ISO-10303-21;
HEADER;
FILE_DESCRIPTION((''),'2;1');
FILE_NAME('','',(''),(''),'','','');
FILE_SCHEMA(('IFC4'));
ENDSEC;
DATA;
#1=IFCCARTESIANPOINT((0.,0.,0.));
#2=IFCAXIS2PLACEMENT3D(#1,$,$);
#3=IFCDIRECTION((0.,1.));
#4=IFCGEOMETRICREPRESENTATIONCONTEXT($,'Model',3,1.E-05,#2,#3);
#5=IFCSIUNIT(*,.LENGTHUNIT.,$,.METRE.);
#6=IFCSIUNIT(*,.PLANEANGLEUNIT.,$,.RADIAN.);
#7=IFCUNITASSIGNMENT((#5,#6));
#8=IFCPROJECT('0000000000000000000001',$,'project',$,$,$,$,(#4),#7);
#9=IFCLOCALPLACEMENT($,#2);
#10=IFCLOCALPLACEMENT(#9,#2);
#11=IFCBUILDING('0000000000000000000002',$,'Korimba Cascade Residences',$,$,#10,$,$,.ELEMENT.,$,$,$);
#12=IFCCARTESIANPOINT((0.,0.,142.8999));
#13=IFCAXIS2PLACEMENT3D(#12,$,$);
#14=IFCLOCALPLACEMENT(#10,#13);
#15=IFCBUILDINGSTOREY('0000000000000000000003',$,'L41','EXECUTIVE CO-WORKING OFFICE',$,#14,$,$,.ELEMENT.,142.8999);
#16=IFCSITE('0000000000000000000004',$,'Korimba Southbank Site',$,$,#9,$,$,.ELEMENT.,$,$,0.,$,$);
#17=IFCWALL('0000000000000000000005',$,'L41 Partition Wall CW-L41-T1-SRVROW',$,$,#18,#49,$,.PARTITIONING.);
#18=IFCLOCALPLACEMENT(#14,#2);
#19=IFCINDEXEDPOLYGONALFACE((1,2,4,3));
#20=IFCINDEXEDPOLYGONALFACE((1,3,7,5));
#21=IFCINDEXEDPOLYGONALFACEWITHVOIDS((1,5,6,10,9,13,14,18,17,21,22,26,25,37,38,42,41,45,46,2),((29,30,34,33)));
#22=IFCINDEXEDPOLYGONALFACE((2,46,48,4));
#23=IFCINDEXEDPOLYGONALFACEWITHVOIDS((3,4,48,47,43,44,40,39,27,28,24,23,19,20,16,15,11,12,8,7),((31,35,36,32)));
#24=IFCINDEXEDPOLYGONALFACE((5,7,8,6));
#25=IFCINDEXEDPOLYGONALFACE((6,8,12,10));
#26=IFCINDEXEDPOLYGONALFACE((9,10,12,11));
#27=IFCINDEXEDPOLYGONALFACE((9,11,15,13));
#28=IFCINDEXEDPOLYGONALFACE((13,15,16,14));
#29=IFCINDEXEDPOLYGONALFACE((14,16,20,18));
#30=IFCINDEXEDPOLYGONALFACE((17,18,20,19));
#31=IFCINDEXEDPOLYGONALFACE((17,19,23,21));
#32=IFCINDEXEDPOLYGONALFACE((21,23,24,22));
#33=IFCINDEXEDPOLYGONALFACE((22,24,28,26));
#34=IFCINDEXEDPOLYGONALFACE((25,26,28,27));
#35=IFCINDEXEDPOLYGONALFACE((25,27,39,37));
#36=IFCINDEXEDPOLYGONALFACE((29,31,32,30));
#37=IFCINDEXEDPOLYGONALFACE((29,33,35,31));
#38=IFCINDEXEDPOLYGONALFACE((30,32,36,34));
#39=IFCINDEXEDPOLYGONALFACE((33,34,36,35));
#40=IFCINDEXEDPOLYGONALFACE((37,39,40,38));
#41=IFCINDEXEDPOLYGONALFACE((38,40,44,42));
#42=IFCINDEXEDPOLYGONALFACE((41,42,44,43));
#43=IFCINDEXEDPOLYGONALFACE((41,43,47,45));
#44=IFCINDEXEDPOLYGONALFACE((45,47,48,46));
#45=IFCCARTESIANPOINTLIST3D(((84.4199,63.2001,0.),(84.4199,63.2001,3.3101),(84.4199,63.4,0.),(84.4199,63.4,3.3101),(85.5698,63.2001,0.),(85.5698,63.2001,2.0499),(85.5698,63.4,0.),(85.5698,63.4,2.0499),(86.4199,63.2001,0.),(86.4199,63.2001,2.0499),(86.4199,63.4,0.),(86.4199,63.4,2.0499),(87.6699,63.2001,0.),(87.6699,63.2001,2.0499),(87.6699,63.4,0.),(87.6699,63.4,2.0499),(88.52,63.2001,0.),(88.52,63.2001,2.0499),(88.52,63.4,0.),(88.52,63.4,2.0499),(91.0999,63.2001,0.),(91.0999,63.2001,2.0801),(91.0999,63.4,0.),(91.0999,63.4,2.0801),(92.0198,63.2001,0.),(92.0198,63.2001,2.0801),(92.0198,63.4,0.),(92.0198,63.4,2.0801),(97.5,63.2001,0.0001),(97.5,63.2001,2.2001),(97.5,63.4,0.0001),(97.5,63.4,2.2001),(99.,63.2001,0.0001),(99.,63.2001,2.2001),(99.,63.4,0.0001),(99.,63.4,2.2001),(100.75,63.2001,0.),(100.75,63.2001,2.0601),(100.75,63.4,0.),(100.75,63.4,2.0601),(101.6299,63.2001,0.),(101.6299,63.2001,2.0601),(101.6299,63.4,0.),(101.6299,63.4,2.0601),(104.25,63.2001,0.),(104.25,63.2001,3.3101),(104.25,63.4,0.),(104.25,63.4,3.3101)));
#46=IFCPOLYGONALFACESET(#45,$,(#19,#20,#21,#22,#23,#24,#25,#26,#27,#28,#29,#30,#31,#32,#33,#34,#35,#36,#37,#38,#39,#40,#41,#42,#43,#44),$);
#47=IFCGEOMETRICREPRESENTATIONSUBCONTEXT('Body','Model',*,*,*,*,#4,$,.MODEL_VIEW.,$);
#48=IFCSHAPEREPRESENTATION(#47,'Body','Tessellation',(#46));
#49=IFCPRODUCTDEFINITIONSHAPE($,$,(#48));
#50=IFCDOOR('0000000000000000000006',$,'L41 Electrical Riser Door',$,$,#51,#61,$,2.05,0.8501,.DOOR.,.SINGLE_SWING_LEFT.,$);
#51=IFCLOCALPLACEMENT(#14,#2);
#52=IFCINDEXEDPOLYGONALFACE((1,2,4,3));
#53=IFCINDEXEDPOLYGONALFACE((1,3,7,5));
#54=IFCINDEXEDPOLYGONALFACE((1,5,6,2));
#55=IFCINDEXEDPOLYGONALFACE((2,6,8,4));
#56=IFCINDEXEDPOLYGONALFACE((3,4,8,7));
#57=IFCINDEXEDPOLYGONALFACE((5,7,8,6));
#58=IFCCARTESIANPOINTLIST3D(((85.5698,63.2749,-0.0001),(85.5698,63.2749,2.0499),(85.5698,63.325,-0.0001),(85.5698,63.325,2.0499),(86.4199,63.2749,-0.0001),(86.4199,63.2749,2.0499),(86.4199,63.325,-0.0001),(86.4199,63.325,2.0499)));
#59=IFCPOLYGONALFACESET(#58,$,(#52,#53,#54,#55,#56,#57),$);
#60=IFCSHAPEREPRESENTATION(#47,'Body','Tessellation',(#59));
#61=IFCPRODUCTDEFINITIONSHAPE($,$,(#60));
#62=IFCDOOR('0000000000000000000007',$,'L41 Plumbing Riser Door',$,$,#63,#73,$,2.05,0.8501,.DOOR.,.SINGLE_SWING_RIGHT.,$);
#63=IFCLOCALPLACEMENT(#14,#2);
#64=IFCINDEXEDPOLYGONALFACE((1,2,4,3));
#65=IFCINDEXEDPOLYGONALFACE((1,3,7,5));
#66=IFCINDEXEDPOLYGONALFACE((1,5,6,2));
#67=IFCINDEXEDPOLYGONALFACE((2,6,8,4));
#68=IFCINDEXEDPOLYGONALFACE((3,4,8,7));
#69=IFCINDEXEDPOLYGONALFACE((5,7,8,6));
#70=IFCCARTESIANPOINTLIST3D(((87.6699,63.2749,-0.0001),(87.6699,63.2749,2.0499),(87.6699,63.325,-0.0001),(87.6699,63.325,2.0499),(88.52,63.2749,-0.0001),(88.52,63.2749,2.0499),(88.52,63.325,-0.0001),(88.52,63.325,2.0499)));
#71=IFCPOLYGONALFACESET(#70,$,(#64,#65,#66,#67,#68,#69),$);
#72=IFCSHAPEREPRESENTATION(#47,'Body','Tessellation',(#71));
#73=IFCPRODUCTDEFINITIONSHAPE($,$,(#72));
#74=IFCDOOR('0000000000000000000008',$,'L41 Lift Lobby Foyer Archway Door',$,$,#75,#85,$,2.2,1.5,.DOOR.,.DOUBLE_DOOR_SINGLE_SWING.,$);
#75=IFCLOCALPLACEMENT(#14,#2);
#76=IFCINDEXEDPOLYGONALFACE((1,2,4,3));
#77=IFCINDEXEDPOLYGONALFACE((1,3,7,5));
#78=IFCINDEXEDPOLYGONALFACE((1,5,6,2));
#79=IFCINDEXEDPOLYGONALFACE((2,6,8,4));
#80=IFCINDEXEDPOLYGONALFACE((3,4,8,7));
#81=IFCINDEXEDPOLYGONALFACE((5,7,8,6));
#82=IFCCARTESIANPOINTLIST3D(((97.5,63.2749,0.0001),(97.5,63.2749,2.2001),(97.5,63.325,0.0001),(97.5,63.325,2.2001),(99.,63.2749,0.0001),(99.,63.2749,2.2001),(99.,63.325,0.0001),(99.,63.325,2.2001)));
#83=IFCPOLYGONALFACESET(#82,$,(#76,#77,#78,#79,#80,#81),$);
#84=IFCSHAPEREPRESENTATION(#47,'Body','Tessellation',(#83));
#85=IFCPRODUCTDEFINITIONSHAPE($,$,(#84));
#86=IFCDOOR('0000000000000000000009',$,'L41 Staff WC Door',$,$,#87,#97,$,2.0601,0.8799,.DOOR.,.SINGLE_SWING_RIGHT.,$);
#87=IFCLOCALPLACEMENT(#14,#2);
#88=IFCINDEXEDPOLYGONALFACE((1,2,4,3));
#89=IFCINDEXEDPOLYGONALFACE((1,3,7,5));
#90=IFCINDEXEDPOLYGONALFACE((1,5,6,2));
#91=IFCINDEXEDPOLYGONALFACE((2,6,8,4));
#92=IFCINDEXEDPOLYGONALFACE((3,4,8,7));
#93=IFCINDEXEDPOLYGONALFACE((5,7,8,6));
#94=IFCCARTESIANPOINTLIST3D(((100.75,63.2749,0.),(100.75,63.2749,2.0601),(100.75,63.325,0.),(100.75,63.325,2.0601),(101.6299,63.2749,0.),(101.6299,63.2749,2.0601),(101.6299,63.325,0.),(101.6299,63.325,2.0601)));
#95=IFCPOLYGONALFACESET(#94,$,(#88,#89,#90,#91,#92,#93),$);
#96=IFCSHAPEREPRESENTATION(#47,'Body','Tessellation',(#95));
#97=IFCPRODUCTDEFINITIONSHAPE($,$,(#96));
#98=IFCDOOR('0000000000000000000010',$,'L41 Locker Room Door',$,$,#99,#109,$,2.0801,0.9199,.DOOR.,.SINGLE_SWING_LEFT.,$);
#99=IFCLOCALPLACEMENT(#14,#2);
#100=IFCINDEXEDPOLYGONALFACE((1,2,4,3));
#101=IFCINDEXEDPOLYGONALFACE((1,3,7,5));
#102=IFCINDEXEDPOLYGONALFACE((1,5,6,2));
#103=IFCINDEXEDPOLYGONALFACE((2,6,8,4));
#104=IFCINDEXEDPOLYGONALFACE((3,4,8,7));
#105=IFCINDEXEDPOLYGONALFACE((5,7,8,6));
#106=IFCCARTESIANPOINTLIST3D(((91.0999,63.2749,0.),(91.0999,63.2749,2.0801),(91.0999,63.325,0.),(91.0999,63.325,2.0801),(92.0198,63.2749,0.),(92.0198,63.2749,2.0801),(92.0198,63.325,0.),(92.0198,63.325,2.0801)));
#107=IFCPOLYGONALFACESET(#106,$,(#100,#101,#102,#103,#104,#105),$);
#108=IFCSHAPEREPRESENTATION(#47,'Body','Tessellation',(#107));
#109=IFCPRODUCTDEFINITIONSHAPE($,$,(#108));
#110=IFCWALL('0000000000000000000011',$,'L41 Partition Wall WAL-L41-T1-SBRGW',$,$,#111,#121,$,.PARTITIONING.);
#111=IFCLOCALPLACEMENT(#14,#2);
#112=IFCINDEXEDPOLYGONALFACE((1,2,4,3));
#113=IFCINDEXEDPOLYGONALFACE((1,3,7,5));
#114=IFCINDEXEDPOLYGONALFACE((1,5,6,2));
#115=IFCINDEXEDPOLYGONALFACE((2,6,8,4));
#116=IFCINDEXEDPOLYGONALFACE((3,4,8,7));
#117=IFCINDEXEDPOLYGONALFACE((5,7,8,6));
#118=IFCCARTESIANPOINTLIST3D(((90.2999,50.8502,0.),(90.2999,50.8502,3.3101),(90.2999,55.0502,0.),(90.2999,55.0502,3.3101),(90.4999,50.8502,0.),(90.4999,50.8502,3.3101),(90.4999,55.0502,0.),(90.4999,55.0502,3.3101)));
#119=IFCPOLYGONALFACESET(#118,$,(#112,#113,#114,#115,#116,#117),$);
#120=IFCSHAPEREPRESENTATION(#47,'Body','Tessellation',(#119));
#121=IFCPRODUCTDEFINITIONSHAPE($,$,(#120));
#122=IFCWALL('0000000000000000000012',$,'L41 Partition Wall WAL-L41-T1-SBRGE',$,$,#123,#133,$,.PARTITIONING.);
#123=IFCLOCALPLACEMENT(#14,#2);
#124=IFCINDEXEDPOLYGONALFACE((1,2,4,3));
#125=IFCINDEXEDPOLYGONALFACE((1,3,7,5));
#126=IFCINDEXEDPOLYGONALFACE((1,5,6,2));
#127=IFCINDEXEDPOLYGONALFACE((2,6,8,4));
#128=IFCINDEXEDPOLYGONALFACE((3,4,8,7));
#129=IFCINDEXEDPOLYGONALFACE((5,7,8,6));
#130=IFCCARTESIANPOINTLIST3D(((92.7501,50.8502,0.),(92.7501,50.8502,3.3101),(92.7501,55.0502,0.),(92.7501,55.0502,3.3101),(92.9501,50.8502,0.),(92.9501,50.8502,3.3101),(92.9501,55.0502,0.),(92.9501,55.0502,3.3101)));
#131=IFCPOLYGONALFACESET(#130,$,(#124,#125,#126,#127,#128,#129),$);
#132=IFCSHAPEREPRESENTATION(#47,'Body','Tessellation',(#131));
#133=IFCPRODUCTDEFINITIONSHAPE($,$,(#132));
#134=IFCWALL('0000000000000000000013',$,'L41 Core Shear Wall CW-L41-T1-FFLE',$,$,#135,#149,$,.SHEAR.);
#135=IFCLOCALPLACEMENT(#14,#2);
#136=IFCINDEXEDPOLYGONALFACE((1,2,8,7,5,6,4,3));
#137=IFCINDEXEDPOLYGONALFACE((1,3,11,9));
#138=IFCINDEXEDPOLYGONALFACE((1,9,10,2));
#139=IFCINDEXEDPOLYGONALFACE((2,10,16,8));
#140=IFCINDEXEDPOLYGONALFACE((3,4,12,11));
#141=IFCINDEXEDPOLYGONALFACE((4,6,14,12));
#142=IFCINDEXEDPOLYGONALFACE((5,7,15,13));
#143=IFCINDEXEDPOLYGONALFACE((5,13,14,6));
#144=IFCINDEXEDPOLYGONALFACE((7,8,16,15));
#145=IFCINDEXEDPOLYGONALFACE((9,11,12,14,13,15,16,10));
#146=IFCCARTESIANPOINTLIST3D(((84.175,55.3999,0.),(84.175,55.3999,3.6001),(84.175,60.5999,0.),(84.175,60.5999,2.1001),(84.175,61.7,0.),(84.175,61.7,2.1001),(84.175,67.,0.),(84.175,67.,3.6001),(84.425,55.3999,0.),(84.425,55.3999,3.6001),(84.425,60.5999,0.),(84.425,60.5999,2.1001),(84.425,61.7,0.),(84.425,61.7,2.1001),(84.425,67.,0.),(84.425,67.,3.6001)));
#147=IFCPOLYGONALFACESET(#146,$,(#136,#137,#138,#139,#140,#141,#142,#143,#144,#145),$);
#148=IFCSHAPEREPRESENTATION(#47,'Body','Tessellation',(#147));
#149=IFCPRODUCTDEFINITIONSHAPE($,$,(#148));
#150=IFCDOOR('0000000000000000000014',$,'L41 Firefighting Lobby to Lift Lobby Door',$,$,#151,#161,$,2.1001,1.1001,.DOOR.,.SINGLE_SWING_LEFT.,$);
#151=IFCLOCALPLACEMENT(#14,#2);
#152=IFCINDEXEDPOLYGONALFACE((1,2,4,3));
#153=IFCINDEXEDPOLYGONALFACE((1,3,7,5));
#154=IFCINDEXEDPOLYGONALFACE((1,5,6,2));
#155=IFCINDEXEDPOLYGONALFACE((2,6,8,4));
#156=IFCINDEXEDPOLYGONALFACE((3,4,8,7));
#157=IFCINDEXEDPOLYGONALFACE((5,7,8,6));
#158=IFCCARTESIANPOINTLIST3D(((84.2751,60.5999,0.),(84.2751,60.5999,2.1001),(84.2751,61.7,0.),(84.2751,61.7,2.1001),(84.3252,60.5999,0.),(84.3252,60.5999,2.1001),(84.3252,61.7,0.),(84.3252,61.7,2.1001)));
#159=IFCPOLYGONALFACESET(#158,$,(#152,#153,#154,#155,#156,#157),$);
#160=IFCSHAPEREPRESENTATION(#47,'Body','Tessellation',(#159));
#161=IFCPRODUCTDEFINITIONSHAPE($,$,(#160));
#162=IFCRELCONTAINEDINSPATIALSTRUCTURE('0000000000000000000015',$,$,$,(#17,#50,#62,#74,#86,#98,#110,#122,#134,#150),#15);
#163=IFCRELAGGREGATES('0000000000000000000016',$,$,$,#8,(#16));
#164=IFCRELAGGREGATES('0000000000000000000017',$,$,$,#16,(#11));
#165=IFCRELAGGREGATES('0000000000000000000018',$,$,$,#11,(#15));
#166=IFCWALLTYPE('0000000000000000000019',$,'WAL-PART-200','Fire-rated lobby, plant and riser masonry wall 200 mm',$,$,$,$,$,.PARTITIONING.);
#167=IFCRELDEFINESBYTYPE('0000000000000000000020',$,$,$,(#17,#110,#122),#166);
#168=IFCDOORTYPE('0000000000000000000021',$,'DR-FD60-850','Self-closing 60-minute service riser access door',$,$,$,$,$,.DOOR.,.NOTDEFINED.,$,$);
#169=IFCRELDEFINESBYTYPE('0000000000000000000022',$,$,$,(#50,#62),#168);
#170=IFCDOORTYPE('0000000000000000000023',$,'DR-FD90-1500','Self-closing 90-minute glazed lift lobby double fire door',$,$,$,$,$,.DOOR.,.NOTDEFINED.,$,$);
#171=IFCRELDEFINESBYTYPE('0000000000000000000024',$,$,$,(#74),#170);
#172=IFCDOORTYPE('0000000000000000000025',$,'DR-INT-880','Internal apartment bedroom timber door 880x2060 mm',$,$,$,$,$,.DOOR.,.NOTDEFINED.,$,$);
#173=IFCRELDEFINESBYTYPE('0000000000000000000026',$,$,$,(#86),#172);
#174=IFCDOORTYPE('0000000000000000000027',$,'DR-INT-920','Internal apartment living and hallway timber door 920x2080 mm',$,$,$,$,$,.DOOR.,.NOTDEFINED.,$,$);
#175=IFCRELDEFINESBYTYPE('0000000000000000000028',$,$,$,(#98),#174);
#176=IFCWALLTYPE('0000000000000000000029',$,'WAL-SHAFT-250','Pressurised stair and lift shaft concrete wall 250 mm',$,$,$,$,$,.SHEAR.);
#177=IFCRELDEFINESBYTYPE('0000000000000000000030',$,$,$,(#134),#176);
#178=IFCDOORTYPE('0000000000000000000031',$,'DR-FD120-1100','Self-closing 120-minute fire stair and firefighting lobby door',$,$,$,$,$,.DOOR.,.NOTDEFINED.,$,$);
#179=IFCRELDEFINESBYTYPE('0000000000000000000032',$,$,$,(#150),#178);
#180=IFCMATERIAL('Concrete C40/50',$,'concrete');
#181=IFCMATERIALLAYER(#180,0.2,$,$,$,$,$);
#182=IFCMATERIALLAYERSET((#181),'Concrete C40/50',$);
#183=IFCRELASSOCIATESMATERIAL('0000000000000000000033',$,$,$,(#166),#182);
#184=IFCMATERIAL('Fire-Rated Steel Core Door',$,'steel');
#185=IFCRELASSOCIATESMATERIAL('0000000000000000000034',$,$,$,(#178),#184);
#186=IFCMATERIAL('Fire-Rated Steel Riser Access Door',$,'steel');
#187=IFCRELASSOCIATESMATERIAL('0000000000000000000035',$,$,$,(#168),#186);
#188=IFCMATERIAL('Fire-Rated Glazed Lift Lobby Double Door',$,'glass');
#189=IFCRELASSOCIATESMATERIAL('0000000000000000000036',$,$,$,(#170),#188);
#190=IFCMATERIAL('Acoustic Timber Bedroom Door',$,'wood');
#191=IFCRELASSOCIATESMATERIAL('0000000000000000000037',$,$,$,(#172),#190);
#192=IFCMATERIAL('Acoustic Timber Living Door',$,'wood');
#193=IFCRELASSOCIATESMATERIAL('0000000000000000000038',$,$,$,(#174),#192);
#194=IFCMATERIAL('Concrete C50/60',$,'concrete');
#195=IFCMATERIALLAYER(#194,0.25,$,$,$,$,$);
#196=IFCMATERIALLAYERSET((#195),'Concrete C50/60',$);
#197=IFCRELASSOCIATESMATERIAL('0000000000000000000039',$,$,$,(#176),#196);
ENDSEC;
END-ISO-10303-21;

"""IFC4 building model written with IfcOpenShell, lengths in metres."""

from ifc_helpers import new_model, si_unit, direction, frame, frame_2d, origin, place, context, subcontext, project, spatial, rectangle, extrude, material, layer, layer_set, type_object, element, fill, save


model = new_model("IFC4")

# Units and contexts
model_context = context("Model", 3, precision=1e-05, world=origin(), true_north=direction((0.0, 1.0)))
body_context = subcontext(model_context, "Body", "Model", "MODEL_VIEW")
ifc_project = project(units=[si_unit("LENGTHUNIT", "METRE"), si_unit("PLANEANGLEUNIT", "RADIAN")], contexts=[model_context])

# Site, building, storey
site_placement = place(None, origin())
site = spatial("IfcSite", under=ifc_project, at=site_placement, Name="Korimba Southbank Site", CompositionType="ELEMENT", RefElevation=0.0)
building_placement = place(site_placement, origin())
building = spatial("IfcBuilding", under=site, at=building_placement, Name="Korimba Cascade Residences", CompositionType="ELEMENT")
storey_placement = place(building_placement, frame((0.0, 0.0, 142.8999)))
storey = spatial("IfcBuildingStorey", under=building, at=storey_placement, Name="L41", Description="EXECUTIVE CO-WORKING OFFICE", CompositionType="ELEMENT", Elevation=142.8999)

# Shared definitions
ifc_material_1 = material(Name="Concrete C40/50", Category="concrete")
ifc_layer_1 = layer(ifc_material_1, 0.2)
ifc_layer_set_1 = layer_set([ifc_layer_1], Name="Concrete C40/50")
wall_type_1 = type_object("IfcWallType", Name="WAL-PART-200", Description="Fire-rated lobby, plant and riser masonry wall 200 mm", PredefinedType="PARTITIONING", material=ifc_layer_set_1)

# Shared definitions
ifc_material_2 = material(Name="Fire-Rated Steel Core Door", Category="steel")
door_type_1 = type_object("IfcDoorType", Name="DR-FD120-1100", Description="Self-closing 120-minute fire stair and firefighting lobby door", OperationType="NOTDEFINED", PredefinedType="DOOR", material=ifc_material_2)

# Wall, openings, doors
wall_1_placement = place(storey_placement, frame((84.4199, 63.3, 0.0), z_axis=(0.0, 0.0, 1.0), x_axis=(1.0, 0.0, 0.0)))
wall_1 = element("IfcWall", 1, at=wall_1_placement, inside=storey, type_object=wall_type_1, Name="L41 Partition Wall CW-L41-T1-SRVROW", PredefinedType="PARTITIONING", context=body_context, shape_type="SweptSolid", body=[
    extrude(rectangle(XDim=19.8301, YDim=0.2, at=frame_2d((9.915, 0.0))), origin(), (0.0, 0.0, 1.0), 3.3101),
])
opening_1_placement = place(wall_1_placement, frame((1.1499, 0.0, 0.0)))
opening_1 = element("IfcOpeningElement", 2, at=opening_1_placement, cuts=wall_1, PredefinedType="OPENING", context=body_context, shape_type="SweptSolid", body=[
    extrude(rectangle(XDim=0.8501, YDim=2.05, at=frame_2d((0.425, 1.0249))), frame((0.0, 0.1099, 0.0), z_axis=(0.0, -1.0, 0.0), x_axis=(1.0, 0.0, 0.0)), (0.0, 0.0, 1.0), 0.22),
])
opening_2_placement = place(wall_1_placement, frame((3.25, 0.0, 0.0)))
opening_2 = element("IfcOpeningElement", 3, at=opening_2_placement, cuts=wall_1, PredefinedType="OPENING", context=body_context, shape_type="SweptSolid", body=[
    extrude(rectangle(XDim=0.8501, YDim=2.05, at=frame_2d((0.425, 1.0249))), frame((0.0, 0.1099, 0.0), z_axis=(0.0, -1.0, 0.0), x_axis=(1.0, 0.0, 0.0)), (0.0, 0.0, 1.0), 0.22),
])
opening_3_placement = place(wall_1_placement, frame((13.0801, 0.0, 0.0)))
opening_3 = element("IfcOpeningElement", 4, at=opening_3_placement, cuts=wall_1, PredefinedType="OPENING", context=body_context, shape_type="SweptSolid", body=[
    extrude(rectangle(XDim=1.5, YDim=2.2, at=frame_2d((0.75, 1.1001))), frame((0.0, 0.1099, 0.0), z_axis=(0.0, -1.0, 0.0), x_axis=(1.0, 0.0, 0.0)), (0.0, 0.0, 1.0), 0.22),
])
opening_4_placement = place(wall_1_placement, frame((6.6799, 0.0, 0.0)))
opening_4 = element("IfcOpeningElement", 5, at=opening_4_placement, cuts=wall_1, PredefinedType="OPENING", context=body_context, shape_type="SweptSolid", body=[
    extrude(rectangle(XDim=0.9199, YDim=2.0801, at=frame_2d((0.46, 1.04))), frame((0.0, 0.1099, 0.0), z_axis=(0.0, -1.0, 0.0), x_axis=(1.0, 0.0, 0.0)), (0.0, 0.0, 1.0), 0.22),
])
opening_5_placement = place(wall_1_placement, frame((16.3301, 0.0, 0.0)))
opening_5 = element("IfcOpeningElement", 6, at=opening_5_placement, cuts=wall_1, PredefinedType="OPENING", context=body_context, shape_type="SweptSolid", body=[
    extrude(rectangle(XDim=0.8799, YDim=2.0601, at=frame_2d((0.4399, 1.03))), frame((0.0, 0.1099, 0.0), z_axis=(0.0, -1.0, 0.0), x_axis=(1.0, 0.0, 0.0)), (0.0, 0.0, 1.0), 0.22),
])
ifc_material_3 = material(Name="Fire-Rated Steel Riser Access Door", Category="steel")
door_type_2 = type_object("IfcDoorType", Name="DR-FD60-850", Description="Self-closing 60-minute service riser access door", OperationType="NOTDEFINED", PredefinedType="DOOR", material=ifc_material_3)
door_1_placement = place(opening_1_placement, origin())
door_1 = element("IfcDoor", 7, at=door_1_placement, inside=storey, type_object=door_type_2, Name="L41 Electrical Riser Door", OperationType="SINGLE_SWING_LEFT", OverallHeight=2.05, OverallWidth=0.8501, PredefinedType="DOOR", context=body_context, shape_type="SweptSolid", body=[
    extrude(rectangle(XDim=0.8501, YDim=2.05, at=frame_2d((0.425, 1.0249))), frame((0.0, 0.0249, 0.0), z_axis=(0.0, -1.0, 0.0), x_axis=(1.0, 0.0, 0.0)), (0.0, 0.0, 1.0), 0.05),
])
fill(opening_1, door_1)
door_2_placement = place(opening_2_placement, origin())
door_2 = element("IfcDoor", 8, at=door_2_placement, inside=storey, type_object=door_type_2, Name="L41 Plumbing Riser Door", OperationType="SINGLE_SWING_RIGHT", OverallHeight=2.05, OverallWidth=0.8501, PredefinedType="DOOR", context=body_context, shape_type="SweptSolid", body=[
    extrude(rectangle(XDim=0.8501, YDim=2.05, at=frame_2d((0.425, 1.0249))), frame((0.0, 0.0249, 0.0), z_axis=(0.0, -1.0, 0.0), x_axis=(1.0, 0.0, 0.0)), (0.0, 0.0, 1.0), 0.05),
])
fill(opening_2, door_2)
ifc_material_4 = material(Name="Fire-Rated Glazed Lift Lobby Double Door", Category="glass")
door_type_3 = type_object("IfcDoorType", Name="DR-FD90-1500", Description="Self-closing 90-minute glazed lift lobby double fire door", OperationType="NOTDEFINED", PredefinedType="DOOR", material=ifc_material_4)
door_3_placement = place(opening_3_placement, origin())
door_3 = element("IfcDoor", 9, at=door_3_placement, inside=storey, type_object=door_type_3, Name="L41 Lift Lobby Foyer Archway Door", OperationType="DOUBLE_DOOR_SINGLE_SWING", OverallHeight=2.2, OverallWidth=1.5, PredefinedType="DOOR", context=body_context, shape_type="SweptSolid", body=[
    extrude(rectangle(XDim=1.5, YDim=2.2, at=frame_2d((0.75, 1.1001))), frame((0.0, 0.0249, 0.0), z_axis=(0.0, -1.0, 0.0), x_axis=(1.0, 0.0, 0.0)), (0.0, 0.0, 1.0), 0.05),
])
fill(opening_3, door_3)
ifc_material_5 = material(Name="Acoustic Timber Bedroom Door", Category="wood")
door_type_4 = type_object("IfcDoorType", Name="DR-INT-880", Description="Internal apartment bedroom timber door 880x2060 mm", OperationType="NOTDEFINED", PredefinedType="DOOR", material=ifc_material_5)
door_4_placement = place(opening_5_placement, origin())
door_4 = element("IfcDoor", 10, at=door_4_placement, inside=storey, type_object=door_type_4, Name="L41 Staff WC Door", OperationType="SINGLE_SWING_RIGHT", OverallHeight=2.0601, OverallWidth=0.8799, PredefinedType="DOOR", context=body_context, shape_type="SweptSolid", body=[
    extrude(rectangle(XDim=0.8799, YDim=2.0601, at=frame_2d((0.4399, 1.03))), frame((0.0, 0.0249, 0.0), z_axis=(0.0, -1.0, 0.0), x_axis=(1.0, 0.0, 0.0)), (0.0, 0.0, 1.0), 0.05),
])
fill(opening_5, door_4)
ifc_material_6 = material(Name="Acoustic Timber Living Door", Category="wood")
door_type_5 = type_object("IfcDoorType", Name="DR-INT-920", Description="Internal apartment living and hallway timber door 920x2080 mm", OperationType="NOTDEFINED", PredefinedType="DOOR", material=ifc_material_6)
door_5_placement = place(opening_4_placement, origin())
door_5 = element("IfcDoor", 11, at=door_5_placement, inside=storey, type_object=door_type_5, Name="L41 Locker Room Door", OperationType="SINGLE_SWING_LEFT", OverallHeight=2.0801, OverallWidth=0.9199, PredefinedType="DOOR", context=body_context, shape_type="SweptSolid", body=[
    extrude(rectangle(XDim=0.9199, YDim=2.0801, at=frame_2d((0.46, 1.04))), frame((0.0, 0.0249, 0.0), z_axis=(0.0, -1.0, 0.0), x_axis=(1.0, 0.0, 0.0)), (0.0, 0.0, 1.0), 0.05),
])
fill(opening_4, door_5)

# Walls
for number, where, z_axis, x_axis, name in (
    (12, (90.3999, 50.8501, 0.0), (0.0, 0.0, 1.0), (0.0, 1.0, 0.0), "L41 Partition Wall WAL-L41-T1-SBRGW"),
    (13, (92.8501, 50.8501, 0.0), (0.0, 0.0, 1.0), (0.0, 1.0, 0.0), "L41 Partition Wall WAL-L41-T1-SBRGE"),
):
    element("IfcWall", number, at=place(storey_placement, frame(where, z_axis=z_axis, x_axis=x_axis)), inside=storey, type_object=wall_type_1, Name=name, PredefinedType="PARTITIONING", context=body_context, shape_type="SweptSolid", body=[
        extrude(rectangle(XDim=4.2, YDim=0.2, at=frame_2d((2.1001, 0.0))), origin(), (0.0, 0.0, 1.0), 3.3101),
    ])

# Wall, opening, door
ifc_material_7 = material(Name="Concrete C50/60", Category="concrete")
ifc_layer_2 = layer(ifc_material_7, 0.25)
ifc_layer_set_2 = layer_set([ifc_layer_2], Name="Concrete C50/60")
wall_type_2 = type_object("IfcWallType", Name="WAL-SHAFT-250", Description="Pressurised stair and lift shaft concrete wall 250 mm", PredefinedType="SHEAR", material=ifc_layer_set_2)
wall_2_placement = place(storey_placement, frame((84.3, 55.3999, 0.0), z_axis=(0.0, 0.0, 1.0), x_axis=(0.0, 1.0, 0.0)))
wall_2 = element("IfcWall", 14, at=wall_2_placement, inside=storey, type_object=wall_type_2, Name="L41 Core Shear Wall CW-L41-T1-FFLE", PredefinedType="SHEAR", context=body_context, shape_type="SweptSolid", body=[
    extrude(rectangle(XDim=11.6001, YDim=0.25, at=frame_2d((5.8, 0.0))), origin(), (0.0, 0.0, 1.0), 3.6001),
])
opening_6_placement = place(wall_2_placement, frame((5.2, 0.0, 0.0)))
opening_6 = element("IfcOpeningElement", 15, at=opening_6_placement, cuts=wall_2, PredefinedType="OPENING", context=body_context, shape_type="SweptSolid", body=[
    extrude(rectangle(XDim=1.1001, YDim=2.1001, at=frame_2d((0.55, 1.05))), frame((0.0, 0.135, 0.0), z_axis=(0.0, -1.0, 0.0), x_axis=(1.0, 0.0, 0.0)), (0.0, 0.0, 1.0), 0.27),
])
door_6_placement = place(opening_6_placement, origin())
door_6 = element("IfcDoor", 16, at=door_6_placement, inside=storey, type_object=door_type_1, Name="L41 Firefighting Lobby to Lift Lobby Door", OperationType="SINGLE_SWING_LEFT", OverallHeight=2.1001, OverallWidth=1.1001, PredefinedType="DOOR", context=body_context, shape_type="SweptSolid", body=[
    extrude(rectangle(XDim=1.1001, YDim=2.1001, at=frame_2d((0.55, 1.05))), frame((0.0, 0.0249, 0.0), z_axis=(0.0, -1.0, 0.0), x_axis=(1.0, 0.0, 0.0)), (0.0, 0.0, 1.0), 0.05),
])
fill(opening_6, door_6)

save(model, "model.ifc")
